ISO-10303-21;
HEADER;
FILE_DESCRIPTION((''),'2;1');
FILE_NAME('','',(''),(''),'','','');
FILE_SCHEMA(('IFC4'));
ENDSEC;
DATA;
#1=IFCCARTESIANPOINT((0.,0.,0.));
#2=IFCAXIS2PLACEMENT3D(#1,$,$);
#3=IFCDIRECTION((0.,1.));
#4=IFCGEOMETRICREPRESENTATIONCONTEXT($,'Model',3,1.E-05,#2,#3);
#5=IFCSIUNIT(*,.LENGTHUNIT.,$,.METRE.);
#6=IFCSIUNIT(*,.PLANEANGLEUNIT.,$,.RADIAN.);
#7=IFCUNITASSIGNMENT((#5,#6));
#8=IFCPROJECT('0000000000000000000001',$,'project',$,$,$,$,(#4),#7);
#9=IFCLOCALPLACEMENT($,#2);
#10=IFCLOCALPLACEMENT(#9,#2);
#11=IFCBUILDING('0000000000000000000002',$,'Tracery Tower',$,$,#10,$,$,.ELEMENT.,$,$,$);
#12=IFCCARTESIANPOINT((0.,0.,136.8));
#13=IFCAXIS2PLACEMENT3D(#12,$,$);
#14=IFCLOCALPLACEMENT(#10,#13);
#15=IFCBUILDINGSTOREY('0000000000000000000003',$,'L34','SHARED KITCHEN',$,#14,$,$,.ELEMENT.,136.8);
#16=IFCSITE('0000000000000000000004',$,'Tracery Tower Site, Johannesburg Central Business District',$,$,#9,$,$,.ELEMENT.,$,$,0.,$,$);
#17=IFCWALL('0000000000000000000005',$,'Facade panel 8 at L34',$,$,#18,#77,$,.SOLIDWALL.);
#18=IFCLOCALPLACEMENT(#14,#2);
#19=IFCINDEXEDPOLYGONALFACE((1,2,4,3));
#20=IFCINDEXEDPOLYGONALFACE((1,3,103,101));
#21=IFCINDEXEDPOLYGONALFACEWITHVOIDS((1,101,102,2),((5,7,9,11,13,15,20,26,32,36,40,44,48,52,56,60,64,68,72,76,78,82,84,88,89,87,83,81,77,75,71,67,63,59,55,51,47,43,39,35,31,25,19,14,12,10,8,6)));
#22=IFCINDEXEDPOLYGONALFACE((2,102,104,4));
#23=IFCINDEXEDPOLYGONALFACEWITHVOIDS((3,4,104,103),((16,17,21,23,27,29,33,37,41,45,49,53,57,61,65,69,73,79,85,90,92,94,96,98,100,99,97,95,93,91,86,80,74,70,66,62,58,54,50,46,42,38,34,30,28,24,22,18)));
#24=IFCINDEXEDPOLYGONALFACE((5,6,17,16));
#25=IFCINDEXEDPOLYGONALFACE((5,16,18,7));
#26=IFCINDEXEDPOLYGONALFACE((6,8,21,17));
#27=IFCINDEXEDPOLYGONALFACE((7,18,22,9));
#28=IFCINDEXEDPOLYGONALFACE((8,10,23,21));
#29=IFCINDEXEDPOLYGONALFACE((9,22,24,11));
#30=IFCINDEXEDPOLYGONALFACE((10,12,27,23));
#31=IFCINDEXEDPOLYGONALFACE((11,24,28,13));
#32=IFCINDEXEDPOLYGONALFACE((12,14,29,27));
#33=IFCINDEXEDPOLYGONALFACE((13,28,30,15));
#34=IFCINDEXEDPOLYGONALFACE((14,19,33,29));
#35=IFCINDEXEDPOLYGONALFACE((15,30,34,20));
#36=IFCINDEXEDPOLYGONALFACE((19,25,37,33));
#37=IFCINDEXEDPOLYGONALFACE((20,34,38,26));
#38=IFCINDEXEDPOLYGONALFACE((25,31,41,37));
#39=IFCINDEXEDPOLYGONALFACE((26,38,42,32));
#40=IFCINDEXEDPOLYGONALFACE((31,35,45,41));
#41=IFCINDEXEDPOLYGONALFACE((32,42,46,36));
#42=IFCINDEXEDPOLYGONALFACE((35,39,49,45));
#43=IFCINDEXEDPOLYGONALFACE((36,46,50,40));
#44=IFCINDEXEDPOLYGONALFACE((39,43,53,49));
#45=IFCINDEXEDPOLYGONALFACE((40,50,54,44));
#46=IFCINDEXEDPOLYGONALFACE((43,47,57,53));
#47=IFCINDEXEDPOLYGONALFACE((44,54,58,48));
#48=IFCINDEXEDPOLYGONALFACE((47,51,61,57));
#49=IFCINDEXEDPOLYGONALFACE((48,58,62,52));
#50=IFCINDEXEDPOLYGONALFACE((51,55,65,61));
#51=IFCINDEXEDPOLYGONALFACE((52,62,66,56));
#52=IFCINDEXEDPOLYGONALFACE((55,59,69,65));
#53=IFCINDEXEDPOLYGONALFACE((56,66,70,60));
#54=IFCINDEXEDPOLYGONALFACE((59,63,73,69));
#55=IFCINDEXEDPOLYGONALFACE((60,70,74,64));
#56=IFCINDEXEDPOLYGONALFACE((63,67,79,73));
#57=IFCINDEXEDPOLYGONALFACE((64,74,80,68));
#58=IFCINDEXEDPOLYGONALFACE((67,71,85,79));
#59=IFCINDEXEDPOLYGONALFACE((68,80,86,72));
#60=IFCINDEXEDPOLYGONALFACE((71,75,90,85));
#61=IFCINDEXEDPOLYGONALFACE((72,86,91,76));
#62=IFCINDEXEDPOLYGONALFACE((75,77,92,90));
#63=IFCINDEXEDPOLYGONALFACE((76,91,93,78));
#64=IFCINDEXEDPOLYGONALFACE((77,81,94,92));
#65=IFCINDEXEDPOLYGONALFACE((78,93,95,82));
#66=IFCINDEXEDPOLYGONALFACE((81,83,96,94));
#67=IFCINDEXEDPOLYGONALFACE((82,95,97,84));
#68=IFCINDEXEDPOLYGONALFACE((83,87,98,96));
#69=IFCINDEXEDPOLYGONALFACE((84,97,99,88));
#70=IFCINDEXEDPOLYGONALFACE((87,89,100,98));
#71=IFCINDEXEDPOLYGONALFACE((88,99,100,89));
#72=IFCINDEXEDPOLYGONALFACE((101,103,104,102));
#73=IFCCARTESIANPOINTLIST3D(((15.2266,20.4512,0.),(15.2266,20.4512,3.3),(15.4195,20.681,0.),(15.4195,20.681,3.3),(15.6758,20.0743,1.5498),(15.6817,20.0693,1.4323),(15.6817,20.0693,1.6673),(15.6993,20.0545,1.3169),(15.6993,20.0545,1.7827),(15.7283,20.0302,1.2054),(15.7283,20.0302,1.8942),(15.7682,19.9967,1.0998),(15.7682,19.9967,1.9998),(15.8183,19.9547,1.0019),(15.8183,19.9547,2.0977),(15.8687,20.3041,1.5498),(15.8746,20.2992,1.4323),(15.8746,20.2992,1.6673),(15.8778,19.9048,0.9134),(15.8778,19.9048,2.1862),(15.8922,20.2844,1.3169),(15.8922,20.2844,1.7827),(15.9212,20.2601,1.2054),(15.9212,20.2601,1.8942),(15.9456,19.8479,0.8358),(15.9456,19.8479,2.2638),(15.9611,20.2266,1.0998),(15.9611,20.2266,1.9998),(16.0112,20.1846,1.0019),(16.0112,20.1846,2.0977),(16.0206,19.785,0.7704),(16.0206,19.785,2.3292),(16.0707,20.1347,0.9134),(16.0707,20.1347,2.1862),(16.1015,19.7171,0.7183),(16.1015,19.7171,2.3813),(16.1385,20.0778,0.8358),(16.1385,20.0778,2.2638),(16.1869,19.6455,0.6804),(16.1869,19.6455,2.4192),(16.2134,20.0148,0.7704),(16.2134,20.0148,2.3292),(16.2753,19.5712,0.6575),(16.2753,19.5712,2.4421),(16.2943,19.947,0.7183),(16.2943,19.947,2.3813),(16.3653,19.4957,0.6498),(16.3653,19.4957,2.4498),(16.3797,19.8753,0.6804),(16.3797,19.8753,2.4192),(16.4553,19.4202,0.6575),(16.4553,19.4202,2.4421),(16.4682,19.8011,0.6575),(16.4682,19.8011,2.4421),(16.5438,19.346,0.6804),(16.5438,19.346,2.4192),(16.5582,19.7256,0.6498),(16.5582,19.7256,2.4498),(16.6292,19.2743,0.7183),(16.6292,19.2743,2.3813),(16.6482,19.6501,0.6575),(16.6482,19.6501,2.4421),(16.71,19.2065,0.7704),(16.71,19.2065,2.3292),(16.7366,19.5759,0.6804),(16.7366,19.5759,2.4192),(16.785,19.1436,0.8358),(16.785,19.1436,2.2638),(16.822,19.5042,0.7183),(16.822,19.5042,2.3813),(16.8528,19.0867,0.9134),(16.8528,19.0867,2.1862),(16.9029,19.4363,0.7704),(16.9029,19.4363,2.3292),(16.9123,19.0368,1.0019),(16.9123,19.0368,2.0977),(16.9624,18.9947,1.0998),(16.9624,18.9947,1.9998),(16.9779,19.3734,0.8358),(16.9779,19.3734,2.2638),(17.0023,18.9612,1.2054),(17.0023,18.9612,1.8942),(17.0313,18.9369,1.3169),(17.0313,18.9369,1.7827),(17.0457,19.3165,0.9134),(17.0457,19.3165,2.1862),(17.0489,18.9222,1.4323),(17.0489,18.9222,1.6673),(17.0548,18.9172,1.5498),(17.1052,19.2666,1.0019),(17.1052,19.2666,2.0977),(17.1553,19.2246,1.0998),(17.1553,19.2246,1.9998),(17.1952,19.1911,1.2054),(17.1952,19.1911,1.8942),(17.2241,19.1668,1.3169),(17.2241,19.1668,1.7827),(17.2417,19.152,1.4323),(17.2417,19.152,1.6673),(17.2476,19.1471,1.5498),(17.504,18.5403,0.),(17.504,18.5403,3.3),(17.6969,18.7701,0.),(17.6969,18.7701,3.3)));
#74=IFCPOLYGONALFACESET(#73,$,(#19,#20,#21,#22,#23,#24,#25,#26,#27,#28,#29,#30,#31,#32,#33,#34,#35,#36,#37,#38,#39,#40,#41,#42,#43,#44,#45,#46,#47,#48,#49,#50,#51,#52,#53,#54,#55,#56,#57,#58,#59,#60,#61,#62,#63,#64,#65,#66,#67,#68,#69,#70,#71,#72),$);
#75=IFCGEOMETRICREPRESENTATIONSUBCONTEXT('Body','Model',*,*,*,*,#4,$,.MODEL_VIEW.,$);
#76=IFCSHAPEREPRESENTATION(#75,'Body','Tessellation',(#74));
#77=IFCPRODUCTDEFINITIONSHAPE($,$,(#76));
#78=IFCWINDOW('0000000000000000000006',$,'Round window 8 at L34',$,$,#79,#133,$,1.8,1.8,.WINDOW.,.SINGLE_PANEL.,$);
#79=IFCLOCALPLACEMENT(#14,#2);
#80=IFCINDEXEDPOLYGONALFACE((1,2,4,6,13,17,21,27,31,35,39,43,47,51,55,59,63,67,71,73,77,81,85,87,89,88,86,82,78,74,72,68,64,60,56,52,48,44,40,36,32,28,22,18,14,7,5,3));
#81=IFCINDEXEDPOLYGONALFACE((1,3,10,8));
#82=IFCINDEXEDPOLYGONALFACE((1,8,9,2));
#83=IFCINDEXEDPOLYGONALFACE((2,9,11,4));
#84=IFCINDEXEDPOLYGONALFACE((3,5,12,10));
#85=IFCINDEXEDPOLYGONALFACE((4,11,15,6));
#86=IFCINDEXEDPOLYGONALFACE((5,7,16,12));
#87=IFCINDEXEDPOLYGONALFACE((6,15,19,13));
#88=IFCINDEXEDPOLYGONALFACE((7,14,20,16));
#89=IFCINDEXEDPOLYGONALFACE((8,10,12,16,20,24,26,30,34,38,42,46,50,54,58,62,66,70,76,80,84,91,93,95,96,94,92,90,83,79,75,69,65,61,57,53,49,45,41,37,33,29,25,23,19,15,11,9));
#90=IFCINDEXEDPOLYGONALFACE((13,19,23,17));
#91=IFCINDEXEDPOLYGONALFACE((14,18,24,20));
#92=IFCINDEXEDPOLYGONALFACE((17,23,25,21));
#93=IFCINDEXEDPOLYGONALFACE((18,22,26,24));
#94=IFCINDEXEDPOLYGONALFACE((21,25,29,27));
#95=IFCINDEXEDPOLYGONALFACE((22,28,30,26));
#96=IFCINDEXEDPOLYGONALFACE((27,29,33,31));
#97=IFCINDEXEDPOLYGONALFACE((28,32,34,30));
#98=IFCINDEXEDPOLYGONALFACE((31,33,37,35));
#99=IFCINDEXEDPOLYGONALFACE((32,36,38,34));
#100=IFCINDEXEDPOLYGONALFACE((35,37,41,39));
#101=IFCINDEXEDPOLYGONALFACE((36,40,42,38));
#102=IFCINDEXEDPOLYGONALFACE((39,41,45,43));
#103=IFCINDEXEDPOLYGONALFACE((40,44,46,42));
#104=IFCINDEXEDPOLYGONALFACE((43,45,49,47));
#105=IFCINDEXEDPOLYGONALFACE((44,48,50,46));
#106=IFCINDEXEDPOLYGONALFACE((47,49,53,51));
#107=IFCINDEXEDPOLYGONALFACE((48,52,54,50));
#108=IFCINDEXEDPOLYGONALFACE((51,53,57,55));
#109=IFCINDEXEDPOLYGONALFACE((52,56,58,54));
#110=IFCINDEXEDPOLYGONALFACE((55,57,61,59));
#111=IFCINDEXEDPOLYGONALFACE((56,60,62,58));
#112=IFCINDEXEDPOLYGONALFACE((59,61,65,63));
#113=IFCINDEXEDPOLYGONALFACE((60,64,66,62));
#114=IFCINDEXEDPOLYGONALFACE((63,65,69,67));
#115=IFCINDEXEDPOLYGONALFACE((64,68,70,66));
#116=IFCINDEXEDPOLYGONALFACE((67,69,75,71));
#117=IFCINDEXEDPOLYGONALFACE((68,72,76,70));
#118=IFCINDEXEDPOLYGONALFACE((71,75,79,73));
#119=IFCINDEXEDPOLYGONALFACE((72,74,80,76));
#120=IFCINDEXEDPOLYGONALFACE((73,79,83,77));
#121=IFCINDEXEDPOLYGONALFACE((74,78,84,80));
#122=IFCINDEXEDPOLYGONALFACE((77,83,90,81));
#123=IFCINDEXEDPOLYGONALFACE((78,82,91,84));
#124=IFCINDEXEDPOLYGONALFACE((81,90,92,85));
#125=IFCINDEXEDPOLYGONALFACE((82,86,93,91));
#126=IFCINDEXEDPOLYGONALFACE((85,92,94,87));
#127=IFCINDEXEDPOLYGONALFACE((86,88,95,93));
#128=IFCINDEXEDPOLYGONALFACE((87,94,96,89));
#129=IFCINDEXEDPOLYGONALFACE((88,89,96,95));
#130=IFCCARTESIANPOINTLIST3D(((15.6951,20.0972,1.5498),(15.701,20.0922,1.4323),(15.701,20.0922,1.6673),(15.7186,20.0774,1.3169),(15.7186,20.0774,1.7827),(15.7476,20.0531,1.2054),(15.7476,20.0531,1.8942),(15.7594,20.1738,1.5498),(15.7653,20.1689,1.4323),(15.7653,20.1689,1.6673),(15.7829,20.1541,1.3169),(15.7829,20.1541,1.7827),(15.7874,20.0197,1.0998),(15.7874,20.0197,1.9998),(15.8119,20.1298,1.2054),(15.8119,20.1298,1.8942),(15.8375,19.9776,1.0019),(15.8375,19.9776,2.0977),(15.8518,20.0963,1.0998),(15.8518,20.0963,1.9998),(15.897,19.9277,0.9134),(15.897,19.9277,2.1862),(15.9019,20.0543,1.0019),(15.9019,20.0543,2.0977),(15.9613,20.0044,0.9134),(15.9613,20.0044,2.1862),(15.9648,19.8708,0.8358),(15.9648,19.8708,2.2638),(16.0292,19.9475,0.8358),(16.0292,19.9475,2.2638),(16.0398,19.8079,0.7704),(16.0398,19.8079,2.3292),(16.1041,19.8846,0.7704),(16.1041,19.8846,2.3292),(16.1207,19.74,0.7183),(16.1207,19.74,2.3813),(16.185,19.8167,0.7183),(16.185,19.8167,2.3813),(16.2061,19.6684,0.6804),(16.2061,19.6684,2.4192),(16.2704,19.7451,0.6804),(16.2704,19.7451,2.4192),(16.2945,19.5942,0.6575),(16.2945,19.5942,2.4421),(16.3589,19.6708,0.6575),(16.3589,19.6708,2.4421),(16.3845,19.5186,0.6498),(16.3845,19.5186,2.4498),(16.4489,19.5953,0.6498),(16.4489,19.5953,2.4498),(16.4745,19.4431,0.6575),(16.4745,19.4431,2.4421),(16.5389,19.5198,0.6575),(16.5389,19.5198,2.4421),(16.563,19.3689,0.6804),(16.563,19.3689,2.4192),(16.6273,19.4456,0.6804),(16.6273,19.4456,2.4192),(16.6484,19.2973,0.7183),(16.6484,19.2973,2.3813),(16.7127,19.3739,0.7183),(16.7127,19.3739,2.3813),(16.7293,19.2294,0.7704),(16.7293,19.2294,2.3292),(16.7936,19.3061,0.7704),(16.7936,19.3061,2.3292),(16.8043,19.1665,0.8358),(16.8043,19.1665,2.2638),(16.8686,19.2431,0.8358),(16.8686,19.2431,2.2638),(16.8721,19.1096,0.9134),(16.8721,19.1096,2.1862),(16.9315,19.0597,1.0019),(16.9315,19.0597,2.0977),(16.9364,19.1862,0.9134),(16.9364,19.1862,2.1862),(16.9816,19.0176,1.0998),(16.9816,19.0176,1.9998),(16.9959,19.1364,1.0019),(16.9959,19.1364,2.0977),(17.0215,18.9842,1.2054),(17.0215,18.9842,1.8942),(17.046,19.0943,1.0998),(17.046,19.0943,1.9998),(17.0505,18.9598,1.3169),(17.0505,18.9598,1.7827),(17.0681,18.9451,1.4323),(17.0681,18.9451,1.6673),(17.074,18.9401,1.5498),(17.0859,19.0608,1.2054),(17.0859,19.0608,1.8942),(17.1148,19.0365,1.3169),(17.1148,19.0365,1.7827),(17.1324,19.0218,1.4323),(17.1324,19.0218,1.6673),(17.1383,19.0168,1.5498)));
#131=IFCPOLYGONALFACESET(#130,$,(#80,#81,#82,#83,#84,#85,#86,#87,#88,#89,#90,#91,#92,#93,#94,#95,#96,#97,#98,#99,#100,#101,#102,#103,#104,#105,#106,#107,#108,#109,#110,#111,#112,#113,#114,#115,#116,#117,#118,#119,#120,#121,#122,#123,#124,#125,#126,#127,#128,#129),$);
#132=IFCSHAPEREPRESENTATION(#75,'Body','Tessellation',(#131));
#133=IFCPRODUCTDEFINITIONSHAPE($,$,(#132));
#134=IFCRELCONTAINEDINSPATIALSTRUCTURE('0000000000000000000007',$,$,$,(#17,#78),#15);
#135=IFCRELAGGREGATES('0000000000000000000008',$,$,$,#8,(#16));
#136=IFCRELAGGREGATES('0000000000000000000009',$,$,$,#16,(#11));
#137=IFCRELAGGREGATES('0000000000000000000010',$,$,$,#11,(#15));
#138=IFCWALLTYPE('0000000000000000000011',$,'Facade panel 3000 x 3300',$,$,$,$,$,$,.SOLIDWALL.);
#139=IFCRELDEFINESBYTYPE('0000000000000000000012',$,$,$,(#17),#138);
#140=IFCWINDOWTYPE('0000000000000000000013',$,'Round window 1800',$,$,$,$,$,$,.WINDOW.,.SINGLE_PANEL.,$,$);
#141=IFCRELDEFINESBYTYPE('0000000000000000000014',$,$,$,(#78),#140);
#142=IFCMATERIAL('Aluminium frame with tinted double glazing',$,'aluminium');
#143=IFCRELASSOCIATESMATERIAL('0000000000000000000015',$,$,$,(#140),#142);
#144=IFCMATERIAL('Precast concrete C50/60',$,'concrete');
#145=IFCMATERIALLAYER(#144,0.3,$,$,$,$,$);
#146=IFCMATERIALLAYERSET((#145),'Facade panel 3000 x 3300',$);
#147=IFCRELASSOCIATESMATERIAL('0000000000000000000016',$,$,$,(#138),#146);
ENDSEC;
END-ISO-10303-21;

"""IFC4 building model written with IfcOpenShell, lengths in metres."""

from ifc_helpers import new_model, si_unit, direction, frame, frame_2d, origin, origin_2d, place, context, subcontext, project, spatial, rectangle, circle, extrude, material, layer, layer_set, type_object, element, fill, save


model = new_model("IFC4")

# Units and contexts
model_context = context("Model", 3, precision=1e-05, world=origin(), true_north=direction((0.0, 1.0)))
body_context = subcontext(model_context, "Body", "Model", "MODEL_VIEW")
ifc_project = project(units=[si_unit("LENGTHUNIT", "METRE"), si_unit("PLANEANGLEUNIT", "RADIAN")], contexts=[model_context])

# Site, building, storey
site_placement = place(None, origin())
site = spatial("IfcSite", under=ifc_project, at=site_placement, Name="Tracery Tower Site, Johannesburg Central Business District", CompositionType="ELEMENT", RefElevation=0.0)
building_placement = place(site_placement, origin())
building = spatial("IfcBuilding", under=site, at=building_placement, Name="Tracery Tower", CompositionType="ELEMENT")
storey_placement = place(building_placement, frame((0.0, 0.0, 136.8)))
storey = spatial("IfcBuildingStorey", under=building, at=storey_placement, Name="L34", Description="SHARED KITCHEN", CompositionType="ELEMENT", Elevation=136.8)

# Wall, opening, window
ifc_material_1 = material(Name="Aluminium frame with tinted double glazing", Category="aluminium")
window_type = type_object("IfcWindowType", Name="Round window 1800", PartitioningType="SINGLE_PANEL", PredefinedType="WINDOW", material=ifc_material_1)
ifc_material_2 = material(Name="Precast concrete C50/60", Category="concrete")
ifc_layer_1 = layer(ifc_material_2, 0.3)
ifc_layer_set_1 = layer_set([ifc_layer_1], Name="Facade panel 3000 x 3300")
wall_type_1 = type_object("IfcWallType", Name="Facade panel 3000 x 3300", PredefinedType="SOLIDWALL", material=ifc_layer_set_1)
wall_1_placement = place(storey_placement, frame((17.6003, 18.6553, 0.0), z_axis=(0.0, 0.0, 1.0), x_axis=(-0.766049, 0.642782, 0.0)))
wall_1 = element("IfcWall", 1, at=wall_1_placement, inside=storey, type_object=wall_type_1, Name="Facade panel 8 at L34", PredefinedType="SOLIDWALL", context=body_context, shape_type="SweptSolid", body=[
    extrude(rectangle(XDim=2.9729, YDim=0.3, at=frame_2d((1.4863, 0.0))), origin(), (0.0, 0.0, 1.0), 3.3),
])
opening_1_placement = place(wall_1_placement, frame((1.4863, 0.0, 1.5498)))
opening_1 = element("IfcOpeningElement", 2, at=opening_1_placement, cuts=wall_1, PredefinedType="OPENING", context=body_context, shape_type="SweptSolid", body=[
    extrude(circle(Radius=0.9, at=origin_2d()), frame((0.0, 0.1599, 0.0), z_axis=(0.0, -1.0, 0.0), x_axis=(1.0, 0.0, 0.0)), (0.0, 0.0, 1.0), 0.3201),
])
window_1_placement = place(opening_1_placement, origin())
window_1 = element("IfcWindow", 3, at=window_1_placement, inside=storey, type_object=window_type, Name="Round window 8 at L34", OverallHeight=1.8, OverallWidth=1.8, PartitioningType="SINGLE_PANEL", PredefinedType="WINDOW", context=body_context, shape_type="SweptSolid", body=[
    extrude(circle(Radius=0.9, at=origin_2d()), frame((0.0, 0.1201, 0.0), z_axis=(0.0, -1.0, 0.0), x_axis=(1.0, 0.0, 0.0)), (0.0, 0.0, 1.0), 0.1001),
])
fill(opening_1, window_1)

save(model, "model.ifc")
